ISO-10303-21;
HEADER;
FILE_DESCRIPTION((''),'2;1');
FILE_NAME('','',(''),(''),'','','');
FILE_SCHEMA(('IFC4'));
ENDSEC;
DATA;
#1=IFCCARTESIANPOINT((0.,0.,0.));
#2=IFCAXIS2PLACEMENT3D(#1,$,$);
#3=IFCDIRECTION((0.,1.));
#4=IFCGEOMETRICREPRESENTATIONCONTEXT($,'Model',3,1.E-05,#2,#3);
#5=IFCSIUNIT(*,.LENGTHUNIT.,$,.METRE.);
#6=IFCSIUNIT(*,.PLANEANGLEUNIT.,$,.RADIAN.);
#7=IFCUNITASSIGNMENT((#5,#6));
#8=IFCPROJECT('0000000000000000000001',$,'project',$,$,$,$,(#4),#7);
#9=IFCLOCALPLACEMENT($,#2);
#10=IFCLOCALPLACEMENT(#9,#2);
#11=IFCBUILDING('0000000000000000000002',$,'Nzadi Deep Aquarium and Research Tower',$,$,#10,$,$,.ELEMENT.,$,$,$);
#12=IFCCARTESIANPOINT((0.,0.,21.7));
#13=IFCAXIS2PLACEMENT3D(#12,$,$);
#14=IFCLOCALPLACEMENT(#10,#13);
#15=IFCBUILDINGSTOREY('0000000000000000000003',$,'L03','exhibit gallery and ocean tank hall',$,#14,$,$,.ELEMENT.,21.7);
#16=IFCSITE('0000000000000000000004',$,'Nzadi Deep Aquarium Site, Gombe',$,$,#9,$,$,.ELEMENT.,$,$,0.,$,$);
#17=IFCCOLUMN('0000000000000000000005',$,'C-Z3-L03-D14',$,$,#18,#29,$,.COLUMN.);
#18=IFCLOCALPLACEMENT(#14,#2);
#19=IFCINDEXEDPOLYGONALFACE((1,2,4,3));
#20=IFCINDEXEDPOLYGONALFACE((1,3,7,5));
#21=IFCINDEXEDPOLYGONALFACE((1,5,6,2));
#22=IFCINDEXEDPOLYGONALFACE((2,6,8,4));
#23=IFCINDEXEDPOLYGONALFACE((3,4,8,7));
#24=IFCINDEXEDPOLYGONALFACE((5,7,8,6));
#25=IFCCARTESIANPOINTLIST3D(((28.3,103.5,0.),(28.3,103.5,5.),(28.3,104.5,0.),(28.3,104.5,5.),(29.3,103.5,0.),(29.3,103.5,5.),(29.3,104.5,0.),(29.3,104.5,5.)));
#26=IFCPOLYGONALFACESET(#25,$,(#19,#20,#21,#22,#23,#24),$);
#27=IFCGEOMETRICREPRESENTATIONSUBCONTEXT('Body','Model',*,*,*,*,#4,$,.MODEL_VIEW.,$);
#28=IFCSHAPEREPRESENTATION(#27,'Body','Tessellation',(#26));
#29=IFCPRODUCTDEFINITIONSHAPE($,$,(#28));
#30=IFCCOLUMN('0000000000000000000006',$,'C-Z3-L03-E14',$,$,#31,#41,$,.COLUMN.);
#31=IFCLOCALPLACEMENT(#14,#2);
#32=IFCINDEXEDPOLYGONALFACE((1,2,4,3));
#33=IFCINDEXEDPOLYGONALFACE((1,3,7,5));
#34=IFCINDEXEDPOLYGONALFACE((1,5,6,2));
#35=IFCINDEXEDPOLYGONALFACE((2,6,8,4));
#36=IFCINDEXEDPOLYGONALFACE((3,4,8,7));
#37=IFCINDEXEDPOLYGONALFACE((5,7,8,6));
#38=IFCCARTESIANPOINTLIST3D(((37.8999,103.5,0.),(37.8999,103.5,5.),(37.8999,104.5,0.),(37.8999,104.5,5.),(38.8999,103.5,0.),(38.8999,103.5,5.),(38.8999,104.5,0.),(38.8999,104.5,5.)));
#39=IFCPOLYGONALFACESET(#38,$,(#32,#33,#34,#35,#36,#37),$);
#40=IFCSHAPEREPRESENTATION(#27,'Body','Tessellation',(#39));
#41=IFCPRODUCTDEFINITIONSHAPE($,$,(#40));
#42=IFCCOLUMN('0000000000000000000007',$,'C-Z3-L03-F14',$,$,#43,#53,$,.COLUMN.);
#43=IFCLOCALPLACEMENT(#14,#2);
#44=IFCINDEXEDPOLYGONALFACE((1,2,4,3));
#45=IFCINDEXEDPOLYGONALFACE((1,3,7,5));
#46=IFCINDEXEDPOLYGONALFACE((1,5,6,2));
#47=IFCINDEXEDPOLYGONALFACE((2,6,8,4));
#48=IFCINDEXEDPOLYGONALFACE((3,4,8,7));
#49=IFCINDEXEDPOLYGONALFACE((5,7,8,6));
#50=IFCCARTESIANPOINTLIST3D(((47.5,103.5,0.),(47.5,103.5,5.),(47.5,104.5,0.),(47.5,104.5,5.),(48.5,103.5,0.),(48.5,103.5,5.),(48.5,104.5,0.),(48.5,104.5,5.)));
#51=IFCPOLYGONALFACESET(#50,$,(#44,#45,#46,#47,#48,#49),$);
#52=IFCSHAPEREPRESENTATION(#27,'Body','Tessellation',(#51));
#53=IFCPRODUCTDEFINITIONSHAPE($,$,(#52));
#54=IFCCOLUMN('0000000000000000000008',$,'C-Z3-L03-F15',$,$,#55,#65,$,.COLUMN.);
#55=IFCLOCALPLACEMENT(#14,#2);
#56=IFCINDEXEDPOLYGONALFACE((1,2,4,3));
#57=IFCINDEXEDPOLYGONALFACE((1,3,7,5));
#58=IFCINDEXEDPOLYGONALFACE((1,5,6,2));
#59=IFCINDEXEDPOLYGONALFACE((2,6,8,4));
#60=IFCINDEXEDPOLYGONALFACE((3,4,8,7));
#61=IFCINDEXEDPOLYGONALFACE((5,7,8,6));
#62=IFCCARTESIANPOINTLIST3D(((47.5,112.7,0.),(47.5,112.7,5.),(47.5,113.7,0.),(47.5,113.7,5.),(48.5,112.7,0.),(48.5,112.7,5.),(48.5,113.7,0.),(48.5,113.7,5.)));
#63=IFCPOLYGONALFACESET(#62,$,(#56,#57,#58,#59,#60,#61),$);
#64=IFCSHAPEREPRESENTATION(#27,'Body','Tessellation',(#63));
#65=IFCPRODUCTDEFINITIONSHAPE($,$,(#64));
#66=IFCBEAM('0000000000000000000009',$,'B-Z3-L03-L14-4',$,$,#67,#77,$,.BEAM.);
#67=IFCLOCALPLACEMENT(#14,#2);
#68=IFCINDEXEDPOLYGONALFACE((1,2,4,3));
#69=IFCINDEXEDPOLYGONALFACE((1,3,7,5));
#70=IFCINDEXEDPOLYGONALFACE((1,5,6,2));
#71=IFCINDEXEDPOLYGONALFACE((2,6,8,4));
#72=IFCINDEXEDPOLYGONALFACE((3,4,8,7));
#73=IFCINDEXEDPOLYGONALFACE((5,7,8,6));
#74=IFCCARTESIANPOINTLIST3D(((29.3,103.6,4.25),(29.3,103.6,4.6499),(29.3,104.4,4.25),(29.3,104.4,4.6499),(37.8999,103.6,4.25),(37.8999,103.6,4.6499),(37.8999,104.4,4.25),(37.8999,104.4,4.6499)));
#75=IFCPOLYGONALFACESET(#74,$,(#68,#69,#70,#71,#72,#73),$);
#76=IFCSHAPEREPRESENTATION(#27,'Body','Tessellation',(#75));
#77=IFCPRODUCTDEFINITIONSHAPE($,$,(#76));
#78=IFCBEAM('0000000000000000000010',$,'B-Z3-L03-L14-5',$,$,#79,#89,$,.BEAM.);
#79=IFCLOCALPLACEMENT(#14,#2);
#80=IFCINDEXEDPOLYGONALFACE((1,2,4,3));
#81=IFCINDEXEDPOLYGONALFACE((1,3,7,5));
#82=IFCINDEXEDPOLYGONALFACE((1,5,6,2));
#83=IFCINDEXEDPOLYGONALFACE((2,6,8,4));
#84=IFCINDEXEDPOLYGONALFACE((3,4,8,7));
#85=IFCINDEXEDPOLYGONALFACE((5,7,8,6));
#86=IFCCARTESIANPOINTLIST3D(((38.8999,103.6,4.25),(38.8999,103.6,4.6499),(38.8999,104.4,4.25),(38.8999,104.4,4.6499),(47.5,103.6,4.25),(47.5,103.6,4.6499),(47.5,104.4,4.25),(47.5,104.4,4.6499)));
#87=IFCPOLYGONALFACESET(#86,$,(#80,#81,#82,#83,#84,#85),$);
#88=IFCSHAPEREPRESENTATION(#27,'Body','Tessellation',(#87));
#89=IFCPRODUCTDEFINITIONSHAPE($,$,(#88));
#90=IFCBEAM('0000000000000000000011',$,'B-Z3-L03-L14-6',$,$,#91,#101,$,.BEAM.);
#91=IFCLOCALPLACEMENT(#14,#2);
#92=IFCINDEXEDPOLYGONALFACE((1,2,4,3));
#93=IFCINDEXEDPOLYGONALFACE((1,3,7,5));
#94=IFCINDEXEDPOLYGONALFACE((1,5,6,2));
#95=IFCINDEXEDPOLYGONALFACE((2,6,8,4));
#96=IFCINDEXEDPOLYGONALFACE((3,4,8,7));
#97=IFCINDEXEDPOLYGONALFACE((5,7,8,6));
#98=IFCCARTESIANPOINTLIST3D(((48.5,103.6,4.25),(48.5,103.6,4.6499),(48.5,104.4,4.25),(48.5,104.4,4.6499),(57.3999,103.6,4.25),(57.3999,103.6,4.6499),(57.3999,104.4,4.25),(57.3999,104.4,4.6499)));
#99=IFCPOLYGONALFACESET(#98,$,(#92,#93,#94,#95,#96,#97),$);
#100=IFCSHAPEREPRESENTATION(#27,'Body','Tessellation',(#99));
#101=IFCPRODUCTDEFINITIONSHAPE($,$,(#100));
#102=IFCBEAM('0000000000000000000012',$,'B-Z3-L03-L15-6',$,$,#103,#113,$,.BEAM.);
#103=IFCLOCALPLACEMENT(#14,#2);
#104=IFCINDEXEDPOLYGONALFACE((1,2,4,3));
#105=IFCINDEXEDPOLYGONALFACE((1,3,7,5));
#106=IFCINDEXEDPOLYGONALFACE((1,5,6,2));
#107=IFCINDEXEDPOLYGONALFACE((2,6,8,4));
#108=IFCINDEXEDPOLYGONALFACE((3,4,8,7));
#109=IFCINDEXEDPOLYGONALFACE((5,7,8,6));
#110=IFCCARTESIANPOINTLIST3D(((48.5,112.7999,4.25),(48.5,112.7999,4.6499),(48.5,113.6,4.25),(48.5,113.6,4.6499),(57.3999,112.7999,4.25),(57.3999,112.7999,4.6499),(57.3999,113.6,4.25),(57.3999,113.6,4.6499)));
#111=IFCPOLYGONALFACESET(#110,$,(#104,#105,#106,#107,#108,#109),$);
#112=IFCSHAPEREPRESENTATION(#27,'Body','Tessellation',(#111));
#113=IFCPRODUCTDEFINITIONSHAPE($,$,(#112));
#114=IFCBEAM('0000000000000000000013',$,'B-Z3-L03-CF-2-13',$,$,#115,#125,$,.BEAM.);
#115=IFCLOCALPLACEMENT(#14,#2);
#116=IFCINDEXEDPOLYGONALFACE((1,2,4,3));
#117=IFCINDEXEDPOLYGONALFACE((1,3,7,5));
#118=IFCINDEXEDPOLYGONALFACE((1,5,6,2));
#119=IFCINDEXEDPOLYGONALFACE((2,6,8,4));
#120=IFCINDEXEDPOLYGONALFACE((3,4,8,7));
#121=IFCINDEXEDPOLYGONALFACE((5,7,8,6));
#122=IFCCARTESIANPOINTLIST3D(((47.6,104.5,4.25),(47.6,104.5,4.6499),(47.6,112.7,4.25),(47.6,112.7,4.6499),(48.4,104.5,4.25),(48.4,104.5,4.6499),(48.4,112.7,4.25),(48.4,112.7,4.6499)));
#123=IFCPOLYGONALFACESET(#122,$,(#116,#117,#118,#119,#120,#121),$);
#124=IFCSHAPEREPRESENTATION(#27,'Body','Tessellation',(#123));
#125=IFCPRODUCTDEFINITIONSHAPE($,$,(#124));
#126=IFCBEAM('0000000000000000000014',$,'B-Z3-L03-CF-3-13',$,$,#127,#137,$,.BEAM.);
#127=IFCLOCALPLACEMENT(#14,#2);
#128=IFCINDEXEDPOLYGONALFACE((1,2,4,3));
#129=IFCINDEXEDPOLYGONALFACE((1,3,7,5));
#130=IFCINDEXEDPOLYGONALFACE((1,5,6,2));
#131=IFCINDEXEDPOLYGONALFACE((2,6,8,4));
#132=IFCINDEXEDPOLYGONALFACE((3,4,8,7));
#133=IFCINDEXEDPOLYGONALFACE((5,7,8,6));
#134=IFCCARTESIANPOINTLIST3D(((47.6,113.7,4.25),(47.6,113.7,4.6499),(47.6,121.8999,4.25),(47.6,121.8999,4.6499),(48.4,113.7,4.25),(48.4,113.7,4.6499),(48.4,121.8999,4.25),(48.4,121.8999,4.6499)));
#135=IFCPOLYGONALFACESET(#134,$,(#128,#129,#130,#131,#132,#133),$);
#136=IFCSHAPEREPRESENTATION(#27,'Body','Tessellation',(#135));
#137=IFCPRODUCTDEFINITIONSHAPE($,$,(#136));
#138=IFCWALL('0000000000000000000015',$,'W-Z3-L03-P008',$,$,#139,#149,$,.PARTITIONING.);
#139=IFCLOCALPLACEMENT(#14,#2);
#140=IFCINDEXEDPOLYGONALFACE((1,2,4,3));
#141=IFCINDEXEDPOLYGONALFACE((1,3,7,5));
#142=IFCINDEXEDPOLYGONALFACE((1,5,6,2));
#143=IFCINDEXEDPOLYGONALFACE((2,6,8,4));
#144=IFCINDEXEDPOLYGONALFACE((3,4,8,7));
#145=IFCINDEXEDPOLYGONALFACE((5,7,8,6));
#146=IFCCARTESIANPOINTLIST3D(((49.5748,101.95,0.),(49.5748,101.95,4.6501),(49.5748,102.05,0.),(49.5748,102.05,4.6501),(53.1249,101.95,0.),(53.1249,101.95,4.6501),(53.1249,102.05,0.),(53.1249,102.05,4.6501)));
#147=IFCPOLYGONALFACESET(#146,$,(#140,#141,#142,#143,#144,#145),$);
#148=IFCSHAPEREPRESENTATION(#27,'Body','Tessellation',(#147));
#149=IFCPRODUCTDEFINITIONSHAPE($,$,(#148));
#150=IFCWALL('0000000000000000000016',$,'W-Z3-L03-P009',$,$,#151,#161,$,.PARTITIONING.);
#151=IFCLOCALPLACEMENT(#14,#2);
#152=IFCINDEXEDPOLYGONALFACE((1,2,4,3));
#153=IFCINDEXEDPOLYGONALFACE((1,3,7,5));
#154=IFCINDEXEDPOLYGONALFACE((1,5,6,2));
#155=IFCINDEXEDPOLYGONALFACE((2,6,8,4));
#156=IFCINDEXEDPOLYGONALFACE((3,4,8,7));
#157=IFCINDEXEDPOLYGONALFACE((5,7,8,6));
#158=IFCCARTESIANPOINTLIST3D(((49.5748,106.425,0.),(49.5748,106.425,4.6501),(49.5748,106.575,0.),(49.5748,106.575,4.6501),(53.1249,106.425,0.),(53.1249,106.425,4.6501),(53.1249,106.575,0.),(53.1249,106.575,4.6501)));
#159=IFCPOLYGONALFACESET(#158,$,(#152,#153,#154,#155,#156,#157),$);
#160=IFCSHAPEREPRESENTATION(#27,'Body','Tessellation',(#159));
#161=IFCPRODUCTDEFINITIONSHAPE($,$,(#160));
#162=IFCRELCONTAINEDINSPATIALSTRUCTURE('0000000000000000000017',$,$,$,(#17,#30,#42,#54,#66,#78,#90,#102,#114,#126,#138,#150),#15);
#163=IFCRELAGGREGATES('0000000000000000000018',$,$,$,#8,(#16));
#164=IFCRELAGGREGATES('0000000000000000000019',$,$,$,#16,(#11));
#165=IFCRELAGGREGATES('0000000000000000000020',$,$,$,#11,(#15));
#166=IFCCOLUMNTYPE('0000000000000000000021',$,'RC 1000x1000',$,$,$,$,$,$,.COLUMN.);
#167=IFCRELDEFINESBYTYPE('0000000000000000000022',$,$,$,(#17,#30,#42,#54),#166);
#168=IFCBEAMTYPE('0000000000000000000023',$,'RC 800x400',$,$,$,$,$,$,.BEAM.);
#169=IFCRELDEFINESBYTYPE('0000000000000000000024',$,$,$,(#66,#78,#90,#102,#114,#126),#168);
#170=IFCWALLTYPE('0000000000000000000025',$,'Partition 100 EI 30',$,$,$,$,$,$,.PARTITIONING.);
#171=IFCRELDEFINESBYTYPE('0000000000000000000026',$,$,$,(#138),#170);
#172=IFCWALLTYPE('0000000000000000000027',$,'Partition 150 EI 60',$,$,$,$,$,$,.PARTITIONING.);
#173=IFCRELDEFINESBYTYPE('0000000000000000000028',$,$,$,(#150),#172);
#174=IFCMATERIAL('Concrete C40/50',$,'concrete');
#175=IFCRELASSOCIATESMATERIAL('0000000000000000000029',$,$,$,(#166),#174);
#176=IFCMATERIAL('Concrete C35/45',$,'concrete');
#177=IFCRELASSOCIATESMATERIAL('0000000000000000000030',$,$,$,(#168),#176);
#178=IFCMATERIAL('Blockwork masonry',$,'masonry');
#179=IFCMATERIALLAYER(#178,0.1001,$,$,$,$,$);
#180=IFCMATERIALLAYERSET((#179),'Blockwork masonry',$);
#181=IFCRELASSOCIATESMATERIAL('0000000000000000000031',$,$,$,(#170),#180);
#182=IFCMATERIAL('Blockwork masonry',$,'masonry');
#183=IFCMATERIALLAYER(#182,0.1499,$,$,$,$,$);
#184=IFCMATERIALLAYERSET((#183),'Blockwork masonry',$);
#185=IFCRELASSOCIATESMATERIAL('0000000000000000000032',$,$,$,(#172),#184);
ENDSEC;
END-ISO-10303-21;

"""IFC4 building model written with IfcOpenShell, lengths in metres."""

from ifc_helpers import new_model, si_unit, direction, frame, frame_2d, origin, origin_2d, place, context, subcontext, project, spatial, rectangle, extrude, material, layer, layer_set, material_profile, profile_set, type_object, element, save


model = new_model("IFC4")

# Units and contexts
model_context = context("Model", 3, precision=1e-05, world=origin(), true_north=direction((0.0, 1.0)))
body_context = subcontext(model_context, "Body", "Model", "MODEL_VIEW")
ifc_project = project(units=[si_unit("LENGTHUNIT", "METRE"), si_unit("PLANEANGLEUNIT", "RADIAN")], contexts=[model_context])

# Site, building, storey
site_placement = place(None, origin())
site = spatial("IfcSite", under=ifc_project, at=site_placement, Name="Nzadi Deep Aquarium Site, Gombe", CompositionType="ELEMENT", RefElevation=0.0)
building_placement = place(site_placement, origin())
building = spatial("IfcBuilding", under=site, at=building_placement, Name="Nzadi Deep Aquarium and Research Tower", CompositionType="ELEMENT")
storey_placement = place(building_placement, frame((0.0, 0.0, 21.7)))
storey = spatial("IfcBuildingStorey", under=building, at=storey_placement, Name="L03", Description="exhibit gallery and ocean tank hall", CompositionType="ELEMENT", Elevation=21.7)

# Columns
ifc_material_1 = material(Name="Concrete C40/50", Category="concrete")
ifc_material_profile_1 = material_profile(ifc_material_1, rectangle(XDim=1.0, YDim=1.0, at=origin_2d()))
ifc_profile_set_1 = profile_set([ifc_material_profile_1], Name="Concrete C40/50")
column_type = type_object("IfcColumnType", Name="RC 1000x1000", PredefinedType="COLUMN", material=ifc_profile_set_1)
for number, where, z_axis, x_axis, name in (
    (1, (28.8, 104.0, 0.0), (0.0, 0.0, 1.0), (1.0, 0.0, 0.0), "C-Z3-L03-D14"),
    (2, (38.3999, 104.0, 0.0), (0.0, 0.0, 1.0), (1.0, 0.0, 0.0), "C-Z3-L03-E14"),
    (3, (48.0, 104.0, 0.0), (0.0, 0.0, 1.0), (1.0, 0.0, 0.0), "C-Z3-L03-F14"),
    (4, (48.0, 113.2, 0.0), (0.0, 0.0, 1.0), (1.0, 0.0, 0.0), "C-Z3-L03-F15"),
):
    element("IfcColumn", number, at=place(storey_placement, frame(where, z_axis=z_axis, x_axis=x_axis)), inside=storey, type_object=column_type, Name=name, PredefinedType="COLUMN", context=body_context, shape_type="SweptSolid", body=[
        extrude(rectangle(XDim=1.0, YDim=1.0, at=origin_2d()), origin(), (0.0, 0.0, 1.0), 5.0),
    ])

# Beams
ifc_material_2 = material(Name="Concrete C35/45", Category="concrete")
ifc_material_profile_2 = material_profile(ifc_material_2, rectangle(XDim=0.8, YDim=0.3999, at=origin_2d()))
ifc_profile_set_2 = profile_set([ifc_material_profile_2], Name="Concrete C35/45")
beam_type = type_object("IfcBeamType", Name="RC 800x400", PredefinedType="BEAM", material=ifc_profile_set_2)
beam_1_placement = place(storey_placement, frame((29.3, 104.0, 4.45), z_axis=(1.0, 0.0, 0.0), x_axis=(0.0, 1.0, 0.0)))
element("IfcBeam", 5, at=beam_1_placement, inside=storey, type_object=beam_type, Name="B-Z3-L03-L14-4", PredefinedType="BEAM", context=body_context, shape_type="SweptSolid", body=[
    extrude(rectangle(XDim=0.8, YDim=0.3999, at=origin_2d()), origin(), (0.0, 0.0, 1.0), 8.5999),
])
beam_2_placement = place(storey_placement, frame((38.8999, 104.0, 4.45), z_axis=(1.0, 0.0, 0.0), x_axis=(0.0, 1.0, 0.0)))
element("IfcBeam", 6, at=beam_2_placement, inside=storey, type_object=beam_type, Name="B-Z3-L03-L14-5", PredefinedType="BEAM", context=body_context, shape_type="SweptSolid", body=[
    extrude(rectangle(XDim=0.8, YDim=0.3999, at=origin_2d()), origin(), (0.0, 0.0, 1.0), 8.6001),
])
for number, where, z_axis, x_axis, name in (
    (7, (48.5, 104.0, 4.45), (1.0, 0.0, 0.0), (0.0, 1.0, 0.0), "B-Z3-L03-L14-6"),
    (8, (48.5, 113.2, 4.45), (1.0, 0.0, 0.0), (0.0, 1.0, 0.0), "B-Z3-L03-L15-6"),
):
    element("IfcBeam", number, at=place(storey_placement, frame(where, z_axis=z_axis, x_axis=x_axis)), inside=storey, type_object=beam_type, Name=name, PredefinedType="BEAM", context=body_context, shape_type="SweptSolid", body=[
        extrude(rectangle(XDim=0.8, YDim=0.3999, at=origin_2d()), origin(), (0.0, 0.0, 1.0), 8.8999),
    ])
for number, where, z_axis, x_axis, name in (
    (9, (48.0, 104.5, 4.45), (0.0, 1.0, 0.0), (-1.0, 0.0, 0.0), "B-Z3-L03-CF-2-13"),
    (10, (48.0, 113.7, 4.45), (0.0, 1.0, 0.0), (-1.0, 0.0, 0.0), "B-Z3-L03-CF-3-13"),
):
    element("IfcBeam", number, at=place(storey_placement, frame(where, z_axis=z_axis, x_axis=x_axis)), inside=storey, type_object=beam_type, Name=name, PredefinedType="BEAM", context=body_context, shape_type="SweptSolid", body=[
        extrude(rectangle(XDim=0.8, YDim=0.3999, at=origin_2d()), origin(), (0.0, 0.0, 1.0), 8.2),
    ])

# Walls
ifc_material_3 = material(Name="Blockwork masonry", Category="masonry")
ifc_layer_1 = layer(ifc_material_3, 0.1001)
ifc_layer_set_1 = layer_set([ifc_layer_1], Name="Blockwork masonry")
wall_type_1 = type_object("IfcWallType", Name="Partition 100 EI 30", PredefinedType="PARTITIONING", material=ifc_layer_set_1)
wall_1_placement = place(storey_placement, frame((49.575, 102.0, 0.0), z_axis=(0.0, 0.0, 1.0), x_axis=(1.0, 0.0, 0.0)))
element("IfcWall", 11, at=wall_1_placement, inside=storey, type_object=wall_type_1, Name="W-Z3-L03-P008", PredefinedType="PARTITIONING", context=body_context, shape_type="SweptSolid", body=[
    extrude(rectangle(XDim=3.55, YDim=0.1001, at=frame_2d((1.7749, 0.0))), origin(), (0.0, 0.0, 1.0), 4.6501),
])
ifc_material_4 = material(Name="Blockwork masonry", Category="masonry")
ifc_layer_2 = layer(ifc_material_4, 0.1499)
ifc_layer_set_2 = layer_set([ifc_layer_2], Name="Blockwork masonry")
wall_type_2 = type_object("IfcWallType", Name="Partition 150 EI 60", PredefinedType="PARTITIONING", material=ifc_layer_set_2)
wall_2_placement = place(storey_placement, frame((49.575, 106.5, 0.0), z_axis=(0.0, 0.0, 1.0), x_axis=(1.0, 0.0, 0.0)))
element("IfcWall", 12, at=wall_2_placement, inside=storey, type_object=wall_type_2, Name="W-Z3-L03-P009", PredefinedType="PARTITIONING", context=body_context, shape_type="SweptSolid", body=[
    extrude(rectangle(XDim=3.55, YDim=0.1499, at=frame_2d((1.7749, 0.0))), origin(), (0.0, 0.0, 1.0), 4.6501),
])

save(model, "model.ifc")
